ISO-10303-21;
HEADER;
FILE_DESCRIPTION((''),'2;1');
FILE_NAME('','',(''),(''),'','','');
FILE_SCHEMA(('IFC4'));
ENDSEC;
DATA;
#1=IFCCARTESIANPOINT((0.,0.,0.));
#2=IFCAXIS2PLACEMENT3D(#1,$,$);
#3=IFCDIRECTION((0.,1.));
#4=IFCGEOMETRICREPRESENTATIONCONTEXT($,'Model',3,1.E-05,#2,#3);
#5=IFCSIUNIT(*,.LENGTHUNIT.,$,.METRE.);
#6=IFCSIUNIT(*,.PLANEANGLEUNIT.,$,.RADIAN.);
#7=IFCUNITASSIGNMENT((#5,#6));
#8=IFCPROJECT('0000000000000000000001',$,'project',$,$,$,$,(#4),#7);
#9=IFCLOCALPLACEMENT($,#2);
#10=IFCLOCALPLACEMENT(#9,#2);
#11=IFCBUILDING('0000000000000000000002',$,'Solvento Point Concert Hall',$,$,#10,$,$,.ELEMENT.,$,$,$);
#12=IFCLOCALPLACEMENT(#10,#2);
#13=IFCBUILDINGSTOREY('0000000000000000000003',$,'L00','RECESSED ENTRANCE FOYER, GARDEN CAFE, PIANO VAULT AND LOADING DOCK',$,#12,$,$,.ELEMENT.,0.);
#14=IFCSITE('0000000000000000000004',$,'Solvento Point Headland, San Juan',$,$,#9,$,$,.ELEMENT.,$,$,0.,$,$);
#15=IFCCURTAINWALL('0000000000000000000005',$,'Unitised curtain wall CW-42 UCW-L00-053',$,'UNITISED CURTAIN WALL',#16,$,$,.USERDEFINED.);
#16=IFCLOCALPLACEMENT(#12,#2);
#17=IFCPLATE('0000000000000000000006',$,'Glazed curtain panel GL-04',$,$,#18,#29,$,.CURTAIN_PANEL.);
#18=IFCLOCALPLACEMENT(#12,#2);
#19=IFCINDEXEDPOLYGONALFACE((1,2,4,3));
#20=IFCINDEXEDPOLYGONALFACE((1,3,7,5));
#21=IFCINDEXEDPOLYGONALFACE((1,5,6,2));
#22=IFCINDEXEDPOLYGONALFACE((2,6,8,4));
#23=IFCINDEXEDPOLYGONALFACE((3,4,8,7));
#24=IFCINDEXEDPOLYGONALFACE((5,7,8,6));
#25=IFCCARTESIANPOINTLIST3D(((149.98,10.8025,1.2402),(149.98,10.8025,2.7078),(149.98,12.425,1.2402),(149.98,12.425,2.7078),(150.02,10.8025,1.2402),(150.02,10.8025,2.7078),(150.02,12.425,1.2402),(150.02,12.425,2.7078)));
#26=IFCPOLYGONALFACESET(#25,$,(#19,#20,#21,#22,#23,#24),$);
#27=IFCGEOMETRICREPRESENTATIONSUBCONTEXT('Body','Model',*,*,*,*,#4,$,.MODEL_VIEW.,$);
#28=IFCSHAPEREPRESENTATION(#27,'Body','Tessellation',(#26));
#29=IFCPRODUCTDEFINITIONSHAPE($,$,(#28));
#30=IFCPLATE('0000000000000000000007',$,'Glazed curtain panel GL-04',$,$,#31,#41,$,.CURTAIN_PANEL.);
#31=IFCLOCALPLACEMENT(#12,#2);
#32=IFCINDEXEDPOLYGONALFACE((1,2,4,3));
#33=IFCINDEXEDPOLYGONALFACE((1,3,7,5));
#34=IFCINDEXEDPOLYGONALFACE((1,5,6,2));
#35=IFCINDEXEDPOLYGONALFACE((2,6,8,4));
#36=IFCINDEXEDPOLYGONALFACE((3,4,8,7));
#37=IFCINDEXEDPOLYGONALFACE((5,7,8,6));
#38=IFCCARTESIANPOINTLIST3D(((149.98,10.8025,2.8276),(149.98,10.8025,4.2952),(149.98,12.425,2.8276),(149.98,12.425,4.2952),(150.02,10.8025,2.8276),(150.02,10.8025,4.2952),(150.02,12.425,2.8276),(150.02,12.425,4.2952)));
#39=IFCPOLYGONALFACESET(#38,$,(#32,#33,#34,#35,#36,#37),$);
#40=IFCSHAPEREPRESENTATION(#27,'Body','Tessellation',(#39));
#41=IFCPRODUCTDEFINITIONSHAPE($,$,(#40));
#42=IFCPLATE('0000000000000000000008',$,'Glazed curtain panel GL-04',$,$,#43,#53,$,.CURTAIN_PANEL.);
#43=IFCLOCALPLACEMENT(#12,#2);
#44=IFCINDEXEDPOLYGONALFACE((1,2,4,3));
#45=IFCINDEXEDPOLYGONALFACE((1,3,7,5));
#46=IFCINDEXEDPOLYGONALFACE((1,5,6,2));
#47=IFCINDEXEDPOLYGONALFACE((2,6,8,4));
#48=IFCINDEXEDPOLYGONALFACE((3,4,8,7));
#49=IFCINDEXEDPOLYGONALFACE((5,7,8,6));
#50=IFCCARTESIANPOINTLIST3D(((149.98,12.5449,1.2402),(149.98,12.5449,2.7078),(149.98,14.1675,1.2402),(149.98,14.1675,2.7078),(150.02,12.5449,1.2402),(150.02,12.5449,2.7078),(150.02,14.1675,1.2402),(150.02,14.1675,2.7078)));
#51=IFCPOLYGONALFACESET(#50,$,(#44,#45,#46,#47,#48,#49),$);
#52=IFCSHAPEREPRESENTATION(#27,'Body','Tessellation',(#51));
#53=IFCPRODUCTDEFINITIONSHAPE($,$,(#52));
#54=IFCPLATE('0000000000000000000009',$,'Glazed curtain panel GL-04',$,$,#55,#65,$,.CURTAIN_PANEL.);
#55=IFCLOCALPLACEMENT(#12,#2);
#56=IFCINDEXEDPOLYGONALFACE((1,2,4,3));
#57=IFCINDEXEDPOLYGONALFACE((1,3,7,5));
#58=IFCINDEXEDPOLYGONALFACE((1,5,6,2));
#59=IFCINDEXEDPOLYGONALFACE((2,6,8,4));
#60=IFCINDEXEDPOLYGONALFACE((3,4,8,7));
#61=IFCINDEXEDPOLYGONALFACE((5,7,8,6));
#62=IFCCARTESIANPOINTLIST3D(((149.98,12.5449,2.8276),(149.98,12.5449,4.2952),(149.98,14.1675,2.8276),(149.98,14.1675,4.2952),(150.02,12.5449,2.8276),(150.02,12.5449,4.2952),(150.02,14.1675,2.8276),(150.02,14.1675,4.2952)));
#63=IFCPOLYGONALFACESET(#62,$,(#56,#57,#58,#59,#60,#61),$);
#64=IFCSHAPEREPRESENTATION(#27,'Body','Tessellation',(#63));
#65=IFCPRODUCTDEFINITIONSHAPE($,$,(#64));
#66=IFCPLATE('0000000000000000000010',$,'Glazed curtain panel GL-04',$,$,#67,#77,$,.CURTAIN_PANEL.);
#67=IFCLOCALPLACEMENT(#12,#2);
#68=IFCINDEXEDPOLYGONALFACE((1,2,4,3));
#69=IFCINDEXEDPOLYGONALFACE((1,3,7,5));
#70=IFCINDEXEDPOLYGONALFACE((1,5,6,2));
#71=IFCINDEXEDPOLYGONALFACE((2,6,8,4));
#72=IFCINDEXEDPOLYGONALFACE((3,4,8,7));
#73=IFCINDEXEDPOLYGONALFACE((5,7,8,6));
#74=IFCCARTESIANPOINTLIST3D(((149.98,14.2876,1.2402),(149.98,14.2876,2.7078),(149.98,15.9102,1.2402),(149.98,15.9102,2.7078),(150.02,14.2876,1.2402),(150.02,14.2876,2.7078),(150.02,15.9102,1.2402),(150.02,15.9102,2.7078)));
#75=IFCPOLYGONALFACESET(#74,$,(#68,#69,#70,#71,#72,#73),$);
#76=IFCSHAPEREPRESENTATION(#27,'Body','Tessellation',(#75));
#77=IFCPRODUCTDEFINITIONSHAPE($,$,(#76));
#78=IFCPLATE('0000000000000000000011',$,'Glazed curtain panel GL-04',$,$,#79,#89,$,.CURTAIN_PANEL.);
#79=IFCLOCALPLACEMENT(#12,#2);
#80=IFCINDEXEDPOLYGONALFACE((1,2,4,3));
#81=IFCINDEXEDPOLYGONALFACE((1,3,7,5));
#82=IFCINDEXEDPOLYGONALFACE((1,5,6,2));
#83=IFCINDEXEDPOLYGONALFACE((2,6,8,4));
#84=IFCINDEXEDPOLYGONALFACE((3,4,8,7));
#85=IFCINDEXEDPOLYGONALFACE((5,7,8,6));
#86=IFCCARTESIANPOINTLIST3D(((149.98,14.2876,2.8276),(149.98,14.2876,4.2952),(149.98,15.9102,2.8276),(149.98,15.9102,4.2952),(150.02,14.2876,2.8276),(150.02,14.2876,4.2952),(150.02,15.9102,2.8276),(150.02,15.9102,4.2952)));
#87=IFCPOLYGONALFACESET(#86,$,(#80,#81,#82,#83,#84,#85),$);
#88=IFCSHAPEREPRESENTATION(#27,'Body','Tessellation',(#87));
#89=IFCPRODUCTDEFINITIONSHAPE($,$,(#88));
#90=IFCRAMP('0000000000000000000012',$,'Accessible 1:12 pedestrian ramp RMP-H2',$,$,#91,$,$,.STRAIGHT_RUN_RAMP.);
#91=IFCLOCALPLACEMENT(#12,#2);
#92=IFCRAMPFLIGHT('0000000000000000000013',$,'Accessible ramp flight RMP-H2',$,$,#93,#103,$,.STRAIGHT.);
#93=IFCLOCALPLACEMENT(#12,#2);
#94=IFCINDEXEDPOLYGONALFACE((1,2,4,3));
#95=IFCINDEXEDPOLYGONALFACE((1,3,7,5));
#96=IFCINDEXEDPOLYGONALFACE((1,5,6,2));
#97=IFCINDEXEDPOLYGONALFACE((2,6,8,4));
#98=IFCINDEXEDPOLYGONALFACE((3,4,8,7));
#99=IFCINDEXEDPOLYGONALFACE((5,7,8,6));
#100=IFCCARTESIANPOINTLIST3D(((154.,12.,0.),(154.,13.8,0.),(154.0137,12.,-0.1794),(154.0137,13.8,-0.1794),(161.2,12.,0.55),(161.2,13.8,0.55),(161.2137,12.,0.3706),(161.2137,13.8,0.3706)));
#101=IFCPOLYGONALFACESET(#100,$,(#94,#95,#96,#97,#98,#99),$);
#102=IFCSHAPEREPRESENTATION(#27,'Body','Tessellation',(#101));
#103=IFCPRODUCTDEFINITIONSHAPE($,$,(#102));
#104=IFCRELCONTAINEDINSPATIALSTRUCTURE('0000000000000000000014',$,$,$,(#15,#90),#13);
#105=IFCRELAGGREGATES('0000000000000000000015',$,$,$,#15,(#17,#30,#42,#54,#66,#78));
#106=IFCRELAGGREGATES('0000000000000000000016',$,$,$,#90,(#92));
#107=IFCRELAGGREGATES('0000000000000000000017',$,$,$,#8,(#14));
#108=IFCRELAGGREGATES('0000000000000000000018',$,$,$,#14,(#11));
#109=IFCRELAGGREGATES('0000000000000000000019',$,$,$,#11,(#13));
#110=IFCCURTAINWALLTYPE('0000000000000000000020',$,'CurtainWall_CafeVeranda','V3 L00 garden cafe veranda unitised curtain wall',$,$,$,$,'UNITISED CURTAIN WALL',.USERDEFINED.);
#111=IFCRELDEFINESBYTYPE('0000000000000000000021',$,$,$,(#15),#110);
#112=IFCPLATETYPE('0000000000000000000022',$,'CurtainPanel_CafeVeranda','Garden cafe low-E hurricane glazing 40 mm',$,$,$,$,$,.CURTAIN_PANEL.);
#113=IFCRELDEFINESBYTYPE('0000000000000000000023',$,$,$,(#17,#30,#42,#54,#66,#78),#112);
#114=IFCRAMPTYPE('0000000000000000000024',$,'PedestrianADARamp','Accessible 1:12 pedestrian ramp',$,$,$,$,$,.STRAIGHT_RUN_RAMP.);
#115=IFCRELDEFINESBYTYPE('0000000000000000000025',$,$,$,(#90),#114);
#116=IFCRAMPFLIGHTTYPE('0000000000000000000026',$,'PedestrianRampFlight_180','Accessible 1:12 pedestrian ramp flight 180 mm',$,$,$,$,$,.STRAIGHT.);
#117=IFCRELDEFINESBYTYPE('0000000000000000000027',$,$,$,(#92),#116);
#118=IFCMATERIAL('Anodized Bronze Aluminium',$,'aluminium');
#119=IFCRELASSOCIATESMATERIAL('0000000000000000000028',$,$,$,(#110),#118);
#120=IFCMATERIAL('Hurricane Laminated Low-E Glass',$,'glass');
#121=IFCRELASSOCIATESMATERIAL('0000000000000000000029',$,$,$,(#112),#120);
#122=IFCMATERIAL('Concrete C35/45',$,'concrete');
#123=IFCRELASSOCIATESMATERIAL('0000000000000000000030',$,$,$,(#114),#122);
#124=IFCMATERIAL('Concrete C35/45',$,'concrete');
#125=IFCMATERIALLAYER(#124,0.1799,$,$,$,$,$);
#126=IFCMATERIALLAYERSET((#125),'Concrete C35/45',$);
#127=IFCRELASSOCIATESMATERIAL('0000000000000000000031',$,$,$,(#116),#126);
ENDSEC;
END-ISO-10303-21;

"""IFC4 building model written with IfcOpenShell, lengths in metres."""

from ifc_helpers import new_model, si_unit, direction, frame, origin, origin_2d, place, context, subcontext, project, spatial, polyline, rectangle, outline, extrude, material, layer, layer_set, type_object, element, aggregate, save


model = new_model("IFC4")

# Units and contexts
model_context = context("Model", 3, precision=1e-05, world=origin(), true_north=direction((0.0, 1.0)))
body_context = subcontext(model_context, "Body", "Model", "MODEL_VIEW")
ifc_project = project(units=[si_unit("LENGTHUNIT", "METRE"), si_unit("PLANEANGLEUNIT", "RADIAN")], contexts=[model_context])

# Site, building, storey
site_placement = place(None, origin())
site = spatial("IfcSite", under=ifc_project, at=site_placement, Name="Solvento Point Headland, San Juan", CompositionType="ELEMENT", RefElevation=0.0)
building_placement = place(site_placement, origin())
building = spatial("IfcBuilding", under=site, at=building_placement, Name="Solvento Point Concert Hall", CompositionType="ELEMENT")
storey_placement = place(building_placement, origin())
storey = spatial("IfcBuildingStorey", under=building, at=storey_placement, Name="L00", Description="RECESSED ENTRANCE FOYER, GARDEN CAFE, PIANO VAULT AND LOADING DOCK", CompositionType="ELEMENT", Elevation=0.0)

# Curtain wall, plates
ifc_material_1 = material(Name="Anodized Bronze Aluminium", Category="aluminium")
curtain_wall_type = type_object("IfcCurtainWallType", Name="CurtainWall_CafeVeranda", Description="V3 L00 garden cafe veranda unitised curtain wall", ElementType="UNITISED CURTAIN WALL", PredefinedType="USERDEFINED", material=ifc_material_1)
curtain_wall_placement = place(storey_placement, origin())
curtain_wall = element("IfcCurtainWall", 1, at=curtain_wall_placement, inside=storey, type_object=curtain_wall_type, Name="Unitised curtain wall CW-42 UCW-L00-053", ObjectType="UNITISED CURTAIN WALL", PredefinedType="USERDEFINED")
ifc_material_2 = material(Name="Hurricane Laminated Low-E Glass", Category="glass")
plate_type = type_object("IfcPlateType", Name="CurtainPanel_CafeVeranda", Description="Garden cafe low-E hurricane glazing 40 mm", PredefinedType="CURTAIN_PANEL", material=ifc_material_2)
plate_1_placement = place(storey_placement, frame((150.0, 11.6138, 1.2402), z_axis=(0.0, 0.0, 1.0), x_axis=(0.0, 1.0, 0.0)))
plate_1 = element("IfcPlate", 2, at=plate_1_placement, type_object=plate_type, Name="Glazed curtain panel GL-04", PredefinedType="CURTAIN_PANEL", context=body_context, shape_type="SweptSolid", body=[
    extrude(rectangle(XDim=1.6226, YDim=0.04, at=origin_2d()), origin(), (0.0, 0.0, 1.0), 1.4675),
])
plate_2_placement = place(storey_placement, frame((150.0, 11.6138, 2.8276), z_axis=(0.0, 0.0, 1.0), x_axis=(0.0, 1.0, 0.0)))
plate_2 = element("IfcPlate", 3, at=plate_2_placement, type_object=plate_type, Name="Glazed curtain panel GL-04", PredefinedType="CURTAIN_PANEL", context=body_context, shape_type="SweptSolid", body=[
    extrude(rectangle(XDim=1.6226, YDim=0.04, at=origin_2d()), origin(), (0.0, 0.0, 1.0), 1.4675),
])
plate_3_placement = place(storey_placement, frame((150.0, 13.3562, 1.2402), z_axis=(0.0, 0.0, 1.0), x_axis=(0.0, 1.0, 0.0)))
plate_3 = element("IfcPlate", 4, at=plate_3_placement, type_object=plate_type, Name="Glazed curtain panel GL-04", PredefinedType="CURTAIN_PANEL", context=body_context, shape_type="SweptSolid", body=[
    extrude(rectangle(XDim=1.6226, YDim=0.04, at=origin_2d()), origin(), (0.0, 0.0, 1.0), 1.4675),
])
plate_4_placement = place(storey_placement, frame((150.0, 13.3562, 2.8276), z_axis=(0.0, 0.0, 1.0), x_axis=(0.0, 1.0, 0.0)))
plate_4 = element("IfcPlate", 5, at=plate_4_placement, type_object=plate_type, Name="Glazed curtain panel GL-04", PredefinedType="CURTAIN_PANEL", context=body_context, shape_type="SweptSolid", body=[
    extrude(rectangle(XDim=1.6226, YDim=0.04, at=origin_2d()), origin(), (0.0, 0.0, 1.0), 1.4675),
])
plate_5_placement = place(storey_placement, frame((150.0, 15.0989, 1.2402), z_axis=(0.0, 0.0, 1.0), x_axis=(0.0, 1.0, 0.0)))
plate_5 = element("IfcPlate", 6, at=plate_5_placement, type_object=plate_type, Name="Glazed curtain panel GL-04", PredefinedType="CURTAIN_PANEL", context=body_context, shape_type="SweptSolid", body=[
    extrude(rectangle(XDim=1.6226, YDim=0.04, at=origin_2d()), origin(), (0.0, 0.0, 1.0), 1.4675),
])
plate_6_placement = place(storey_placement, frame((150.0, 15.0989, 2.8276), z_axis=(0.0, 0.0, 1.0), x_axis=(0.0, 1.0, 0.0)))
plate_6 = element("IfcPlate", 7, at=plate_6_placement, type_object=plate_type, Name="Glazed curtain panel GL-04", PredefinedType="CURTAIN_PANEL", context=body_context, shape_type="SweptSolid", body=[
    extrude(rectangle(XDim=1.6226, YDim=0.04, at=origin_2d()), origin(), (0.0, 0.0, 1.0), 1.4675),
])
aggregate(curtain_wall, [plate_1, plate_2, plate_3, plate_4, plate_5, plate_6])

# Ramp, ramp flight
ifc_material_3 = material(Name="Concrete C35/45", Category="concrete")
ramp_type = type_object("IfcRampType", Name="PedestrianADARamp", Description="Accessible 1:12 pedestrian ramp", PredefinedType="STRAIGHT_RUN_RAMP", material=ifc_material_3)
ramp_placement = place(storey_placement, origin())
ramp = element("IfcRamp", 8, at=ramp_placement, inside=storey, type_object=ramp_type, Name="Accessible 1:12 pedestrian ramp RMP-H2", PredefinedType="STRAIGHT_RUN_RAMP")
ifc_material_4 = material(Name="Concrete C35/45", Category="concrete")
ifc_layer = layer(ifc_material_4, 0.1799)
ifc_layer_set = layer_set([ifc_layer], Name="Concrete C35/45")
ramp_flight_type = type_object("IfcRampFlightType", Name="PedestrianRampFlight_180", Description="Accessible 1:12 pedestrian ramp flight 180 mm", PredefinedType="STRAIGHT", material=ifc_layer_set)
ramp_flight_placement = place(storey_placement, frame((154.0, 12.0, 0.0), z_axis=(-0.076174, 0.0, 0.997095), x_axis=(0.997095, 0.0, 0.076174)))
ramp_flight = element("IfcRampFlight", 9, at=ramp_flight_placement, type_object=ramp_flight_type, Name="Accessible ramp flight RMP-H2", PredefinedType="STRAIGHT", context=body_context, shape_type="SweptSolid", body=[
    extrude(outline(polyline([(0.0, 0.0), (7.2209, 0.0), (7.2209, 1.8), (0.0, 1.8), (0.0, 0.0)])), origin(), (0.0, 0.0, -1.0), 0.1799),
])
aggregate(ramp, [ramp_flight])

save(model, "model.ifc")
